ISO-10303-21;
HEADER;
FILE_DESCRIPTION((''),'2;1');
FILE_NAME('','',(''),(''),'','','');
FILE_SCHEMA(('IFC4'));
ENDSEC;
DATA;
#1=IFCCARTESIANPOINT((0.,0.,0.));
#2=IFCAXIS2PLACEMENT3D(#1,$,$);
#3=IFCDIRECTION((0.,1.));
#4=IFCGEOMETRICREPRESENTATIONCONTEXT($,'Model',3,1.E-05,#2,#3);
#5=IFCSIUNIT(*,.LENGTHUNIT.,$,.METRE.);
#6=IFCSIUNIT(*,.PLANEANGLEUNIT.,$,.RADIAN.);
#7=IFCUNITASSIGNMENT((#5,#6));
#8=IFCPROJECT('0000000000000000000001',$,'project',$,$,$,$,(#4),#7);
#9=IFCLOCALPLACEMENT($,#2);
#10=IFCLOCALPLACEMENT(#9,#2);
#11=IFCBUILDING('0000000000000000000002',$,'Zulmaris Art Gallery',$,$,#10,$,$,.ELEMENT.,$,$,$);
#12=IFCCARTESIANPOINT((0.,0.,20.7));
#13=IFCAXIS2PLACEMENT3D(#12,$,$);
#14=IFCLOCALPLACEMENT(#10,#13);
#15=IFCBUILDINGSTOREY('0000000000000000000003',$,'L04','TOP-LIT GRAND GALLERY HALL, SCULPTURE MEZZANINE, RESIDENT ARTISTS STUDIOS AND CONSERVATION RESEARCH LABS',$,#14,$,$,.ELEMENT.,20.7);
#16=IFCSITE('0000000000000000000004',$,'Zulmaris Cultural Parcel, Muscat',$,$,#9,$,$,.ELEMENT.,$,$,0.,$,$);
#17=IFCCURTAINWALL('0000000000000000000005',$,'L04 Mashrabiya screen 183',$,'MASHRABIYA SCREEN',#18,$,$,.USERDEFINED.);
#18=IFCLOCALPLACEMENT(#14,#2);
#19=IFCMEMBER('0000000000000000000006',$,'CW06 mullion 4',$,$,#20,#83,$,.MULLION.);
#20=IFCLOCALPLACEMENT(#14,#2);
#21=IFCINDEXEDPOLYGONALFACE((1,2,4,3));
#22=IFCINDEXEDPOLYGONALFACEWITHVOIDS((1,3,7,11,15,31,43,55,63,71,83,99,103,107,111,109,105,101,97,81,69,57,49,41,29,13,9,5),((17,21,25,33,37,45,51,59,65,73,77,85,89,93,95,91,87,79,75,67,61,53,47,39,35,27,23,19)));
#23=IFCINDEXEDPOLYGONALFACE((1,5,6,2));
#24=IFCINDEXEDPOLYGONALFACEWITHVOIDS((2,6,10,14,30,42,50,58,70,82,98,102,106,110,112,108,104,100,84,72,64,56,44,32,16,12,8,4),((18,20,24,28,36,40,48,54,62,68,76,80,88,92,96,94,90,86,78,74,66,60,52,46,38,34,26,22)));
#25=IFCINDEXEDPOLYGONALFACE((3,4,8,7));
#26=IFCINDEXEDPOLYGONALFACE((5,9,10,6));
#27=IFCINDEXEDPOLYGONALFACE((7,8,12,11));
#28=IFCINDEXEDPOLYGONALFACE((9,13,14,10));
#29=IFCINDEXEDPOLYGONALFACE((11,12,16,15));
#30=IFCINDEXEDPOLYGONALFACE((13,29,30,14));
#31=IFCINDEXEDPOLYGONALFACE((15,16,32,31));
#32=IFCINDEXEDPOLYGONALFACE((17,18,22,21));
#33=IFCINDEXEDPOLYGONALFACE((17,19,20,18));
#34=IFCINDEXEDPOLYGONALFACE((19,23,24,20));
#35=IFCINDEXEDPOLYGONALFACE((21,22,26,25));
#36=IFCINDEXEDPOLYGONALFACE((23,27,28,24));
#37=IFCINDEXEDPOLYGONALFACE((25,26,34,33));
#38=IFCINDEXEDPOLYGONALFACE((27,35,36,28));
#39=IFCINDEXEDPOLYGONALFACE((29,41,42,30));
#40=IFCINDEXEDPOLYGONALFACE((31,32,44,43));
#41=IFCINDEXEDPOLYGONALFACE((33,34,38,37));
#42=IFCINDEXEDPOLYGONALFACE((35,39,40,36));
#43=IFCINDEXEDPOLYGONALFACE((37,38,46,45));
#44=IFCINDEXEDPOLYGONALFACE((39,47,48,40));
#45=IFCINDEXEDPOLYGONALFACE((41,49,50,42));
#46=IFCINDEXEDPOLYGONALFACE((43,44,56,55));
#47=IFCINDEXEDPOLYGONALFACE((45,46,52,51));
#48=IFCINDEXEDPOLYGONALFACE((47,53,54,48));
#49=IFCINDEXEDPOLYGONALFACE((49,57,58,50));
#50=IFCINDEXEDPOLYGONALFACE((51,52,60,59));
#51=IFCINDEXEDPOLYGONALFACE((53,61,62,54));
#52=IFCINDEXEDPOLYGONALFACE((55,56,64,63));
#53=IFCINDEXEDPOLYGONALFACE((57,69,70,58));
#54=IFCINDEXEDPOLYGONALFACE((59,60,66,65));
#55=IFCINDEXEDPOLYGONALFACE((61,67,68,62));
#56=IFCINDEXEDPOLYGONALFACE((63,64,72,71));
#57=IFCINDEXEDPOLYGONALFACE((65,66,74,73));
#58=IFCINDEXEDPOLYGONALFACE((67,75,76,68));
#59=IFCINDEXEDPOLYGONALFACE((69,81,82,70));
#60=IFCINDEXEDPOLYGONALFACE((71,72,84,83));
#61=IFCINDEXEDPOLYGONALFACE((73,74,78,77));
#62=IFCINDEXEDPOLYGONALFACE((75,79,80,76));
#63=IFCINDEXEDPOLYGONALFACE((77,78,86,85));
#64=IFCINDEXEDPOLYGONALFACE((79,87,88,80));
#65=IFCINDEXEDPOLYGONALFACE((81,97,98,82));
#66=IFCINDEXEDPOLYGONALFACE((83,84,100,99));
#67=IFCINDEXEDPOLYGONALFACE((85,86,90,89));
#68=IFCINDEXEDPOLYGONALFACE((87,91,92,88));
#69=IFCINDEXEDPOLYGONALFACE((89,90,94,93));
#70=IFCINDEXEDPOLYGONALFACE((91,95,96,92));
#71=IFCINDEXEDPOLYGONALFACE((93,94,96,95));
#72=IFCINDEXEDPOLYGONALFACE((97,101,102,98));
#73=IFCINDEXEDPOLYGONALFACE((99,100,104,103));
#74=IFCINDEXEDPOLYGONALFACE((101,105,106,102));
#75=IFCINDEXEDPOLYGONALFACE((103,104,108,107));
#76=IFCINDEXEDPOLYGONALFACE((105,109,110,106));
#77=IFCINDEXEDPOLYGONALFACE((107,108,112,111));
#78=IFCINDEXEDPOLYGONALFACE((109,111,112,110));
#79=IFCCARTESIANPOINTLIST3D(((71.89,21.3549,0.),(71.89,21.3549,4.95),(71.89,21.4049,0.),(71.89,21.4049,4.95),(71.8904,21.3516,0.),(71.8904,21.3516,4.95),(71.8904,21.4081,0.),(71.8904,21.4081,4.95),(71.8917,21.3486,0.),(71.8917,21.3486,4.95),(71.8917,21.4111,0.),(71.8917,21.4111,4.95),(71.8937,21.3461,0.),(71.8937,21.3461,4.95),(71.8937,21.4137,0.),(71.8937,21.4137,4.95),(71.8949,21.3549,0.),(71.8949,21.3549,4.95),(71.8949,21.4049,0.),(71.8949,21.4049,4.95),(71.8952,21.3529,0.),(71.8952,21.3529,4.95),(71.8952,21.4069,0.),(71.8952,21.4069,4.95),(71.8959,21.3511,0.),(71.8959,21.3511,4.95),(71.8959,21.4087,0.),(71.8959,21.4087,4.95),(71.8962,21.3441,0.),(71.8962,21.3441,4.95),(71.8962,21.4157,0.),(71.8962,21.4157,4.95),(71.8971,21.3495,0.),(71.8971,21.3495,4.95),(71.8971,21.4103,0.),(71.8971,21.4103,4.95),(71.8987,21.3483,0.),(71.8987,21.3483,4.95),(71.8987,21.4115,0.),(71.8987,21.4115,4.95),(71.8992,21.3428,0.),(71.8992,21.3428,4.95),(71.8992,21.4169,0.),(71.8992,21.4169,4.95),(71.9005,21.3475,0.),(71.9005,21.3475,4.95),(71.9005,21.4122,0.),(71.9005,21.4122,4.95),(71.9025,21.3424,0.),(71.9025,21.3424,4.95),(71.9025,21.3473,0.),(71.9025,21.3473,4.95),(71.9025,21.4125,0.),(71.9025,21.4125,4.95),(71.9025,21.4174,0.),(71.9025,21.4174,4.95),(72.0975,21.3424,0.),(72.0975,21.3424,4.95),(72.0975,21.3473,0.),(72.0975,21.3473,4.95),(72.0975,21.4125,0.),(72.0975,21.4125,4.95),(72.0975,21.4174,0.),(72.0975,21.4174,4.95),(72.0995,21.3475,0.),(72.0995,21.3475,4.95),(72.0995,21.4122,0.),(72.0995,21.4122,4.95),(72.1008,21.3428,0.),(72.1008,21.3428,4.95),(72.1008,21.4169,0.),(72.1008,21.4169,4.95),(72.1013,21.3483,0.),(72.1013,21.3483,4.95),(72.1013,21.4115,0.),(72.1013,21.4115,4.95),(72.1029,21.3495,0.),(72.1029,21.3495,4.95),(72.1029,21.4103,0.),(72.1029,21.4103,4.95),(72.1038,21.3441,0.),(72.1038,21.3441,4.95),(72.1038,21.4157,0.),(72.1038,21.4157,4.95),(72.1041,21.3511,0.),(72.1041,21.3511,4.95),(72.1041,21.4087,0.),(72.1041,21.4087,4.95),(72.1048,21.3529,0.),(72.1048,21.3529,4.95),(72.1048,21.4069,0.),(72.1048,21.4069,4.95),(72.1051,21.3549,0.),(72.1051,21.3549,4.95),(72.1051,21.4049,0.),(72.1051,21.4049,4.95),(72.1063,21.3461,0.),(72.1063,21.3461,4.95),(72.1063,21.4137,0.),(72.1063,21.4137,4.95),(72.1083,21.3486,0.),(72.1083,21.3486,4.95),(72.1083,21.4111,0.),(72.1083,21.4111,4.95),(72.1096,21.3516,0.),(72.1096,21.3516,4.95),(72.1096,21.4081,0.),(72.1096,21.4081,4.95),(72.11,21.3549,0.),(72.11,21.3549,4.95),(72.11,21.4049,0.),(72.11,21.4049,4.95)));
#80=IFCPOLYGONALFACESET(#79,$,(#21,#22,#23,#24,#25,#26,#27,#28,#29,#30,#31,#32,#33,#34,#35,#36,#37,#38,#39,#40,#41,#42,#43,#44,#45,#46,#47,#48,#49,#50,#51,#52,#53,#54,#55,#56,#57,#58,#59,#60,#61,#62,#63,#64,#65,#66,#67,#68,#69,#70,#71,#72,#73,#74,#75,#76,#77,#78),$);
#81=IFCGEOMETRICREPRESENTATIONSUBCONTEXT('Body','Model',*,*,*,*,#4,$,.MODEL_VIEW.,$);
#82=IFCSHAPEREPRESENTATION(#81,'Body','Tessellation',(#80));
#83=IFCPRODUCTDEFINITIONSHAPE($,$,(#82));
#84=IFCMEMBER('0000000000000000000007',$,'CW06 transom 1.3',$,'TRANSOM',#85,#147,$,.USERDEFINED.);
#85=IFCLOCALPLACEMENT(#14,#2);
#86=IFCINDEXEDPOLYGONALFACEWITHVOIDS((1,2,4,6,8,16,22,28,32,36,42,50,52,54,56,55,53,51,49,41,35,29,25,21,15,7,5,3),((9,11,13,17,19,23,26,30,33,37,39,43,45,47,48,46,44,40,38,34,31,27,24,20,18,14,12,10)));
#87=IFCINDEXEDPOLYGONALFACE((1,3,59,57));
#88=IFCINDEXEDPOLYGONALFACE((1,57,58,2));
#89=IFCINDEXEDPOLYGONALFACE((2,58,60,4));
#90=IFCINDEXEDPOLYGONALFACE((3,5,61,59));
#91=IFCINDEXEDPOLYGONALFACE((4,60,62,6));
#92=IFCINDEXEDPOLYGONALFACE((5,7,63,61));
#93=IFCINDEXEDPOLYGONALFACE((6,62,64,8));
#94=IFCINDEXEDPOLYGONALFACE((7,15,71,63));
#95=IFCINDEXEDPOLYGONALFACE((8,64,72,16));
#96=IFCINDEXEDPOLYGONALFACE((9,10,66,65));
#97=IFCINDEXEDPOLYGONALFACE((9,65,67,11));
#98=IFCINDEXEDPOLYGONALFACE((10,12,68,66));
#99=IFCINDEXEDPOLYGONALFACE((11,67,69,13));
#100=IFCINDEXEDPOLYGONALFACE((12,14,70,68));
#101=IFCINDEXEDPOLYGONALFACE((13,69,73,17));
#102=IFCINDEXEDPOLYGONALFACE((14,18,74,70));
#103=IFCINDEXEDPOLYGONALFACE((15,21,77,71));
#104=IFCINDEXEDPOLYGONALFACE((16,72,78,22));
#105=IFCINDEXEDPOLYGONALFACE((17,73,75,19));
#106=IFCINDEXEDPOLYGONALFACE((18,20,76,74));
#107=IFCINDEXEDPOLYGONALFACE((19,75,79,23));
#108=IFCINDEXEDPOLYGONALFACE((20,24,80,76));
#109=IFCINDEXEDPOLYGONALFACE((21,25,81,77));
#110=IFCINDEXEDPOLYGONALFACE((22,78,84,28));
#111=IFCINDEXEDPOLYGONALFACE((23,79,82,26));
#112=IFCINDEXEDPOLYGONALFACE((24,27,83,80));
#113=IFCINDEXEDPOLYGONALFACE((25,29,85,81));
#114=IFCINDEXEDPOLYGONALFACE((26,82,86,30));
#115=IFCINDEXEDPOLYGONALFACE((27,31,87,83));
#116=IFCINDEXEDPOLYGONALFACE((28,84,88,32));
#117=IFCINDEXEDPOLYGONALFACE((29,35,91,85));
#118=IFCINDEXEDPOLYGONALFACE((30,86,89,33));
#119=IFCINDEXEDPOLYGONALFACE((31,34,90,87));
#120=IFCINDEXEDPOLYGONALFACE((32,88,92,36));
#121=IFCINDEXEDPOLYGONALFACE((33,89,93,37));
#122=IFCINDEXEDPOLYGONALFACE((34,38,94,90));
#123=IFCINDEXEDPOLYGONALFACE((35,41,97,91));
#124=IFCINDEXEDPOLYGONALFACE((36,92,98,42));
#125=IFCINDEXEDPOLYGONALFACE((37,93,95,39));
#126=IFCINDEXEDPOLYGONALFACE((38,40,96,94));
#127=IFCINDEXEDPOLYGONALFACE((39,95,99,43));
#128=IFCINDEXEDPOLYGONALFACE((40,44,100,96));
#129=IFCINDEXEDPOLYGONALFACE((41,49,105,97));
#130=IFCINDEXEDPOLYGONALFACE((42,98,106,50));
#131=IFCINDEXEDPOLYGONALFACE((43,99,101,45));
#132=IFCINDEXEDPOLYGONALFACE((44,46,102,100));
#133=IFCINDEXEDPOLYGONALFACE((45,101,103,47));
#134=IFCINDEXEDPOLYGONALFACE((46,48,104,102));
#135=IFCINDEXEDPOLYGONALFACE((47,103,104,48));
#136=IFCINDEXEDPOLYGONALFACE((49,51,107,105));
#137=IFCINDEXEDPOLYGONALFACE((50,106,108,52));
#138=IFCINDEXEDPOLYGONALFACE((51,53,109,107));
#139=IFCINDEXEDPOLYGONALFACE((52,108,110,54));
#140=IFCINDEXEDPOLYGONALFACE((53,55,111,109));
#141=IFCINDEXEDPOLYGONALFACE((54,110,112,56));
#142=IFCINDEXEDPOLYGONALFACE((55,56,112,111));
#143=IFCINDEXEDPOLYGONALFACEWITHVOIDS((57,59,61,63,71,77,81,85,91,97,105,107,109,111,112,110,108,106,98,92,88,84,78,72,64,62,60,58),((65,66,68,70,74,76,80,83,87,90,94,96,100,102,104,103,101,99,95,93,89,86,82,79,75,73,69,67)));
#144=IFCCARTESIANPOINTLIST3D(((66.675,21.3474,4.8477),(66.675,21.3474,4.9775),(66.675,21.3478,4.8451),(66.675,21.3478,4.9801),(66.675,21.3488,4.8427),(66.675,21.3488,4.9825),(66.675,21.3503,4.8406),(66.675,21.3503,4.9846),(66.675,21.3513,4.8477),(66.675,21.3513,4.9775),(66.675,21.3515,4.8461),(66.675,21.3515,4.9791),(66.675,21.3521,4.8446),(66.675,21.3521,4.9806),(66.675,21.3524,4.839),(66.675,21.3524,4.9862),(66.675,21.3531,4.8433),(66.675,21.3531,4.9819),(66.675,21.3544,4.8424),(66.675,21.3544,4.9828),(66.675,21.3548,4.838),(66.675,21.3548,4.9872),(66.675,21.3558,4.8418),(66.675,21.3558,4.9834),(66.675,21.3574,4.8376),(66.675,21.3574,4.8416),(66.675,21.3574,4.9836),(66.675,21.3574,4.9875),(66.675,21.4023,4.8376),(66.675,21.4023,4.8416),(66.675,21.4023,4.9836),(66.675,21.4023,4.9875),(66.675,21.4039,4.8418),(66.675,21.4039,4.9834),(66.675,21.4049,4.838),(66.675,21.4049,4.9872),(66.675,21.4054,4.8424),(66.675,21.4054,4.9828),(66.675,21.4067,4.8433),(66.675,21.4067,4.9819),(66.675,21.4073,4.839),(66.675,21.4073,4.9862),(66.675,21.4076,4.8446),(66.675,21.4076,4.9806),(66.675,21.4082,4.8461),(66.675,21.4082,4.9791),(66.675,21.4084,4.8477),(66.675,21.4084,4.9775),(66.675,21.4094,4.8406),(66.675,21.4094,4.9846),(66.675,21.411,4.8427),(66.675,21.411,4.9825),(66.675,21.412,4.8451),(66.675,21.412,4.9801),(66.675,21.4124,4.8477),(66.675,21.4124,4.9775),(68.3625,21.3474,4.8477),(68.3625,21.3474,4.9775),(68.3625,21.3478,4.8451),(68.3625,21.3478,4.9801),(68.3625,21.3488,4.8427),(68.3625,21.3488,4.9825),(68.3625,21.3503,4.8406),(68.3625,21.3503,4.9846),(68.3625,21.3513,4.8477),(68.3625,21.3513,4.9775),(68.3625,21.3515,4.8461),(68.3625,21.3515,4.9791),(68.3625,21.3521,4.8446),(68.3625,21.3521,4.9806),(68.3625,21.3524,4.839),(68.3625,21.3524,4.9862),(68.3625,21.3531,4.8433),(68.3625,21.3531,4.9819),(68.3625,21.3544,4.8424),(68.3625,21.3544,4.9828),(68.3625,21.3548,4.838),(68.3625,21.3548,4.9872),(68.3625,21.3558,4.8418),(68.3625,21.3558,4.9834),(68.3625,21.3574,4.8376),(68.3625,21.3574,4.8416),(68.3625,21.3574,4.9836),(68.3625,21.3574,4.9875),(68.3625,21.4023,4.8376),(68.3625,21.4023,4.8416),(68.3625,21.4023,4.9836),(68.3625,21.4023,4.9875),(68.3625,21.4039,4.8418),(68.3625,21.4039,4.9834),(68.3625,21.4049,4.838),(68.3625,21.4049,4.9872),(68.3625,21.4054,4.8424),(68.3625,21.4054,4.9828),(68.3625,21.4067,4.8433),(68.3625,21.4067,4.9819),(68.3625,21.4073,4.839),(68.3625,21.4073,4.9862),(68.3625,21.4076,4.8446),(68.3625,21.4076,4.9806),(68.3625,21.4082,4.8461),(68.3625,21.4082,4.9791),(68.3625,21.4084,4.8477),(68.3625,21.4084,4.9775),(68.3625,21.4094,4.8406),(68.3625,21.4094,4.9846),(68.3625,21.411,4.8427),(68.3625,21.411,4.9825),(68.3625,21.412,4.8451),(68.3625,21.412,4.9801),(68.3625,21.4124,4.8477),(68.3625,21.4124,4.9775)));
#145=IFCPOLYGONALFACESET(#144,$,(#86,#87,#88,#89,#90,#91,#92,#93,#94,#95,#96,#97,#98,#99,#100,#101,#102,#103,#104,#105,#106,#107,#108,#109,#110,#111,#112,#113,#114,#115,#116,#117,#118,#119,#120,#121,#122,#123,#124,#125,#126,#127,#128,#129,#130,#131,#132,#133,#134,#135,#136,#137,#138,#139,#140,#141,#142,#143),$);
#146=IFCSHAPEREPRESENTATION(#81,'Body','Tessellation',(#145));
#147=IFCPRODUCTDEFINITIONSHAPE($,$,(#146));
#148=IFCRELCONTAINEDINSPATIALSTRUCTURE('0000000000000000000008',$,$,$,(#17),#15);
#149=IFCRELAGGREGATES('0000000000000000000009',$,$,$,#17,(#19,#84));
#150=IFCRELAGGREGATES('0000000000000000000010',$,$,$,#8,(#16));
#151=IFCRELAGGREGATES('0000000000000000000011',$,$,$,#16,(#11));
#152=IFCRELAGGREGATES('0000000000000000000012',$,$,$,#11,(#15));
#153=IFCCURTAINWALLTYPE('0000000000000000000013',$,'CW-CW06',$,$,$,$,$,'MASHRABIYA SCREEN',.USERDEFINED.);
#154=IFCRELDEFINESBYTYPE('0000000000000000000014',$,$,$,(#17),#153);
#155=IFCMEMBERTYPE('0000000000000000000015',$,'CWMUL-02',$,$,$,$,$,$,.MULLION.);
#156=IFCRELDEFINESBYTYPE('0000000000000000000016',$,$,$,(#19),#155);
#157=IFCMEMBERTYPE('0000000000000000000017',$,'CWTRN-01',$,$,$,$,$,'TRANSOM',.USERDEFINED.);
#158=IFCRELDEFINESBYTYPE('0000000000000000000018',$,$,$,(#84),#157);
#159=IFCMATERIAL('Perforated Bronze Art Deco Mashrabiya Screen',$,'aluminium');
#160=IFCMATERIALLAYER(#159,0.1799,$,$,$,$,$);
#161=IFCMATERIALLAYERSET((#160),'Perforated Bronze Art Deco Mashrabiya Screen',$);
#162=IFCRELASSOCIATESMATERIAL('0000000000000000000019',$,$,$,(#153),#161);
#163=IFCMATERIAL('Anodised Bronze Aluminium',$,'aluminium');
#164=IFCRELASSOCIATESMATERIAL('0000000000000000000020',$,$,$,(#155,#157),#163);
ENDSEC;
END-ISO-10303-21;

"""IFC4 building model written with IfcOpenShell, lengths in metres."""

from ifc_helpers import new_model, si_unit, direction, frame, origin, origin_2d, place, context, subcontext, project, spatial, hollow_rectangle, extrude, material, layer, layer_set, material_profile, profile_set, type_object, element, aggregate, save


model = new_model("IFC4")

# Units and contexts
model_context = context("Model", 3, precision=1e-05, world=origin(), true_north=direction((0.0, 1.0)))
body_context = subcontext(model_context, "Body", "Model", "MODEL_VIEW")
ifc_project = project(units=[si_unit("LENGTHUNIT", "METRE"), si_unit("PLANEANGLEUNIT", "RADIAN")], contexts=[model_context])

# Site, building, storey
site_placement = place(None, origin())
site = spatial("IfcSite", under=ifc_project, at=site_placement, Name="Zulmaris Cultural Parcel, Muscat", CompositionType="ELEMENT", RefElevation=0.0)
building_placement = place(site_placement, origin())
building = spatial("IfcBuilding", under=site, at=building_placement, Name="Zulmaris Art Gallery", CompositionType="ELEMENT")
storey_placement = place(building_placement, frame((0.0, 0.0, 20.7)))
storey = spatial("IfcBuildingStorey", under=building, at=storey_placement, Name="L04", Description="TOP-LIT GRAND GALLERY HALL, SCULPTURE MEZZANINE, RESIDENT ARTISTS STUDIOS AND CONSERVATION RESEARCH LABS", CompositionType="ELEMENT", Elevation=20.7)

# Curtain wall, members
ifc_material_1 = material(Name="Perforated Bronze Art Deco Mashrabiya Screen", Category="aluminium")
ifc_layer_1 = layer(ifc_material_1, 0.1799)
ifc_layer_set_1 = layer_set([ifc_layer_1], Name="Perforated Bronze Art Deco Mashrabiya Screen")
curtain_wall_type = type_object("IfcCurtainWallType", Name="CW-CW06", ElementType="MASHRABIYA SCREEN", PredefinedType="USERDEFINED", material=ifc_layer_set_1)
curtain_wall_placement = place(storey_placement, origin())
curtain_wall = element("IfcCurtainWall", 1, at=curtain_wall_placement, inside=storey, type_object=curtain_wall_type, Name="L04 Mashrabiya screen 183", ObjectType="MASHRABIYA SCREEN", PredefinedType="USERDEFINED")
ifc_material_2 = material(Name="Anodised Bronze Aluminium", Category="aluminium")
ifc_material_profile_1 = material_profile(ifc_material_2, hollow_rectangle(XDim=0.075, YDim=0.22, WallThickness=0.0049, InnerFilletRadius=0.0076, OuterFilletRadius=0.0125, at=origin_2d()), Name="ALU 75x220x5")
ifc_profile_set_1 = profile_set([ifc_material_profile_1], Name="Anodised Bronze Aluminium")
member_type_1 = type_object("IfcMemberType", Name="CWMUL-02", PredefinedType="MULLION", material=ifc_profile_set_1)
member_1_placement = place(storey_placement, frame((72.0, 21.3799, 0.0), z_axis=(0.0, 0.0, 1.0), x_axis=(0.0, 1.0, 0.0)))
member_1 = element("IfcMember", 2, at=member_1_placement, type_object=member_type_1, Name="CW06 mullion 4", PredefinedType="MULLION", context=body_context, shape_type="SweptSolid", body=[
    extrude(hollow_rectangle(XDim=0.075, YDim=0.22, WallThickness=0.0049, InnerFilletRadius=0.0076, OuterFilletRadius=0.0125, at=origin_2d()), origin(), (0.0, 0.0, 1.0), 4.95),
])
ifc_material_profile_2 = material_profile(ifc_material_2, hollow_rectangle(XDim=0.0649, YDim=0.1499, WallThickness=0.0039, InnerFilletRadius=0.0061, OuterFilletRadius=0.01, at=origin_2d()), Name="ALU 65x150x4")
ifc_profile_set_2 = profile_set([ifc_material_profile_2], Name="Anodised Bronze Aluminium")
member_type_2 = type_object("IfcMemberType", Name="CWTRN-01", ElementType="TRANSOM", PredefinedType="USERDEFINED", material=ifc_profile_set_2)
member_2_placement = place(storey_placement, frame((66.675, 21.3799, 4.9126), z_axis=(1.0, 0.0, 0.0), x_axis=(0.0, 1.0, 0.0)))
member_2 = element("IfcMember", 3, at=member_2_placement, type_object=member_type_2, Name="CW06 transom 1.3", ObjectType="TRANSOM", PredefinedType="USERDEFINED", context=body_context, shape_type="SweptSolid", body=[
    extrude(hollow_rectangle(XDim=0.0649, YDim=0.1499, WallThickness=0.0039, InnerFilletRadius=0.0061, OuterFilletRadius=0.01, at=origin_2d()), origin(), (0.0, 0.0, 1.0), 1.6875),
])
aggregate(curtain_wall, [member_1, member_2])

save(model, "model.ifc")
